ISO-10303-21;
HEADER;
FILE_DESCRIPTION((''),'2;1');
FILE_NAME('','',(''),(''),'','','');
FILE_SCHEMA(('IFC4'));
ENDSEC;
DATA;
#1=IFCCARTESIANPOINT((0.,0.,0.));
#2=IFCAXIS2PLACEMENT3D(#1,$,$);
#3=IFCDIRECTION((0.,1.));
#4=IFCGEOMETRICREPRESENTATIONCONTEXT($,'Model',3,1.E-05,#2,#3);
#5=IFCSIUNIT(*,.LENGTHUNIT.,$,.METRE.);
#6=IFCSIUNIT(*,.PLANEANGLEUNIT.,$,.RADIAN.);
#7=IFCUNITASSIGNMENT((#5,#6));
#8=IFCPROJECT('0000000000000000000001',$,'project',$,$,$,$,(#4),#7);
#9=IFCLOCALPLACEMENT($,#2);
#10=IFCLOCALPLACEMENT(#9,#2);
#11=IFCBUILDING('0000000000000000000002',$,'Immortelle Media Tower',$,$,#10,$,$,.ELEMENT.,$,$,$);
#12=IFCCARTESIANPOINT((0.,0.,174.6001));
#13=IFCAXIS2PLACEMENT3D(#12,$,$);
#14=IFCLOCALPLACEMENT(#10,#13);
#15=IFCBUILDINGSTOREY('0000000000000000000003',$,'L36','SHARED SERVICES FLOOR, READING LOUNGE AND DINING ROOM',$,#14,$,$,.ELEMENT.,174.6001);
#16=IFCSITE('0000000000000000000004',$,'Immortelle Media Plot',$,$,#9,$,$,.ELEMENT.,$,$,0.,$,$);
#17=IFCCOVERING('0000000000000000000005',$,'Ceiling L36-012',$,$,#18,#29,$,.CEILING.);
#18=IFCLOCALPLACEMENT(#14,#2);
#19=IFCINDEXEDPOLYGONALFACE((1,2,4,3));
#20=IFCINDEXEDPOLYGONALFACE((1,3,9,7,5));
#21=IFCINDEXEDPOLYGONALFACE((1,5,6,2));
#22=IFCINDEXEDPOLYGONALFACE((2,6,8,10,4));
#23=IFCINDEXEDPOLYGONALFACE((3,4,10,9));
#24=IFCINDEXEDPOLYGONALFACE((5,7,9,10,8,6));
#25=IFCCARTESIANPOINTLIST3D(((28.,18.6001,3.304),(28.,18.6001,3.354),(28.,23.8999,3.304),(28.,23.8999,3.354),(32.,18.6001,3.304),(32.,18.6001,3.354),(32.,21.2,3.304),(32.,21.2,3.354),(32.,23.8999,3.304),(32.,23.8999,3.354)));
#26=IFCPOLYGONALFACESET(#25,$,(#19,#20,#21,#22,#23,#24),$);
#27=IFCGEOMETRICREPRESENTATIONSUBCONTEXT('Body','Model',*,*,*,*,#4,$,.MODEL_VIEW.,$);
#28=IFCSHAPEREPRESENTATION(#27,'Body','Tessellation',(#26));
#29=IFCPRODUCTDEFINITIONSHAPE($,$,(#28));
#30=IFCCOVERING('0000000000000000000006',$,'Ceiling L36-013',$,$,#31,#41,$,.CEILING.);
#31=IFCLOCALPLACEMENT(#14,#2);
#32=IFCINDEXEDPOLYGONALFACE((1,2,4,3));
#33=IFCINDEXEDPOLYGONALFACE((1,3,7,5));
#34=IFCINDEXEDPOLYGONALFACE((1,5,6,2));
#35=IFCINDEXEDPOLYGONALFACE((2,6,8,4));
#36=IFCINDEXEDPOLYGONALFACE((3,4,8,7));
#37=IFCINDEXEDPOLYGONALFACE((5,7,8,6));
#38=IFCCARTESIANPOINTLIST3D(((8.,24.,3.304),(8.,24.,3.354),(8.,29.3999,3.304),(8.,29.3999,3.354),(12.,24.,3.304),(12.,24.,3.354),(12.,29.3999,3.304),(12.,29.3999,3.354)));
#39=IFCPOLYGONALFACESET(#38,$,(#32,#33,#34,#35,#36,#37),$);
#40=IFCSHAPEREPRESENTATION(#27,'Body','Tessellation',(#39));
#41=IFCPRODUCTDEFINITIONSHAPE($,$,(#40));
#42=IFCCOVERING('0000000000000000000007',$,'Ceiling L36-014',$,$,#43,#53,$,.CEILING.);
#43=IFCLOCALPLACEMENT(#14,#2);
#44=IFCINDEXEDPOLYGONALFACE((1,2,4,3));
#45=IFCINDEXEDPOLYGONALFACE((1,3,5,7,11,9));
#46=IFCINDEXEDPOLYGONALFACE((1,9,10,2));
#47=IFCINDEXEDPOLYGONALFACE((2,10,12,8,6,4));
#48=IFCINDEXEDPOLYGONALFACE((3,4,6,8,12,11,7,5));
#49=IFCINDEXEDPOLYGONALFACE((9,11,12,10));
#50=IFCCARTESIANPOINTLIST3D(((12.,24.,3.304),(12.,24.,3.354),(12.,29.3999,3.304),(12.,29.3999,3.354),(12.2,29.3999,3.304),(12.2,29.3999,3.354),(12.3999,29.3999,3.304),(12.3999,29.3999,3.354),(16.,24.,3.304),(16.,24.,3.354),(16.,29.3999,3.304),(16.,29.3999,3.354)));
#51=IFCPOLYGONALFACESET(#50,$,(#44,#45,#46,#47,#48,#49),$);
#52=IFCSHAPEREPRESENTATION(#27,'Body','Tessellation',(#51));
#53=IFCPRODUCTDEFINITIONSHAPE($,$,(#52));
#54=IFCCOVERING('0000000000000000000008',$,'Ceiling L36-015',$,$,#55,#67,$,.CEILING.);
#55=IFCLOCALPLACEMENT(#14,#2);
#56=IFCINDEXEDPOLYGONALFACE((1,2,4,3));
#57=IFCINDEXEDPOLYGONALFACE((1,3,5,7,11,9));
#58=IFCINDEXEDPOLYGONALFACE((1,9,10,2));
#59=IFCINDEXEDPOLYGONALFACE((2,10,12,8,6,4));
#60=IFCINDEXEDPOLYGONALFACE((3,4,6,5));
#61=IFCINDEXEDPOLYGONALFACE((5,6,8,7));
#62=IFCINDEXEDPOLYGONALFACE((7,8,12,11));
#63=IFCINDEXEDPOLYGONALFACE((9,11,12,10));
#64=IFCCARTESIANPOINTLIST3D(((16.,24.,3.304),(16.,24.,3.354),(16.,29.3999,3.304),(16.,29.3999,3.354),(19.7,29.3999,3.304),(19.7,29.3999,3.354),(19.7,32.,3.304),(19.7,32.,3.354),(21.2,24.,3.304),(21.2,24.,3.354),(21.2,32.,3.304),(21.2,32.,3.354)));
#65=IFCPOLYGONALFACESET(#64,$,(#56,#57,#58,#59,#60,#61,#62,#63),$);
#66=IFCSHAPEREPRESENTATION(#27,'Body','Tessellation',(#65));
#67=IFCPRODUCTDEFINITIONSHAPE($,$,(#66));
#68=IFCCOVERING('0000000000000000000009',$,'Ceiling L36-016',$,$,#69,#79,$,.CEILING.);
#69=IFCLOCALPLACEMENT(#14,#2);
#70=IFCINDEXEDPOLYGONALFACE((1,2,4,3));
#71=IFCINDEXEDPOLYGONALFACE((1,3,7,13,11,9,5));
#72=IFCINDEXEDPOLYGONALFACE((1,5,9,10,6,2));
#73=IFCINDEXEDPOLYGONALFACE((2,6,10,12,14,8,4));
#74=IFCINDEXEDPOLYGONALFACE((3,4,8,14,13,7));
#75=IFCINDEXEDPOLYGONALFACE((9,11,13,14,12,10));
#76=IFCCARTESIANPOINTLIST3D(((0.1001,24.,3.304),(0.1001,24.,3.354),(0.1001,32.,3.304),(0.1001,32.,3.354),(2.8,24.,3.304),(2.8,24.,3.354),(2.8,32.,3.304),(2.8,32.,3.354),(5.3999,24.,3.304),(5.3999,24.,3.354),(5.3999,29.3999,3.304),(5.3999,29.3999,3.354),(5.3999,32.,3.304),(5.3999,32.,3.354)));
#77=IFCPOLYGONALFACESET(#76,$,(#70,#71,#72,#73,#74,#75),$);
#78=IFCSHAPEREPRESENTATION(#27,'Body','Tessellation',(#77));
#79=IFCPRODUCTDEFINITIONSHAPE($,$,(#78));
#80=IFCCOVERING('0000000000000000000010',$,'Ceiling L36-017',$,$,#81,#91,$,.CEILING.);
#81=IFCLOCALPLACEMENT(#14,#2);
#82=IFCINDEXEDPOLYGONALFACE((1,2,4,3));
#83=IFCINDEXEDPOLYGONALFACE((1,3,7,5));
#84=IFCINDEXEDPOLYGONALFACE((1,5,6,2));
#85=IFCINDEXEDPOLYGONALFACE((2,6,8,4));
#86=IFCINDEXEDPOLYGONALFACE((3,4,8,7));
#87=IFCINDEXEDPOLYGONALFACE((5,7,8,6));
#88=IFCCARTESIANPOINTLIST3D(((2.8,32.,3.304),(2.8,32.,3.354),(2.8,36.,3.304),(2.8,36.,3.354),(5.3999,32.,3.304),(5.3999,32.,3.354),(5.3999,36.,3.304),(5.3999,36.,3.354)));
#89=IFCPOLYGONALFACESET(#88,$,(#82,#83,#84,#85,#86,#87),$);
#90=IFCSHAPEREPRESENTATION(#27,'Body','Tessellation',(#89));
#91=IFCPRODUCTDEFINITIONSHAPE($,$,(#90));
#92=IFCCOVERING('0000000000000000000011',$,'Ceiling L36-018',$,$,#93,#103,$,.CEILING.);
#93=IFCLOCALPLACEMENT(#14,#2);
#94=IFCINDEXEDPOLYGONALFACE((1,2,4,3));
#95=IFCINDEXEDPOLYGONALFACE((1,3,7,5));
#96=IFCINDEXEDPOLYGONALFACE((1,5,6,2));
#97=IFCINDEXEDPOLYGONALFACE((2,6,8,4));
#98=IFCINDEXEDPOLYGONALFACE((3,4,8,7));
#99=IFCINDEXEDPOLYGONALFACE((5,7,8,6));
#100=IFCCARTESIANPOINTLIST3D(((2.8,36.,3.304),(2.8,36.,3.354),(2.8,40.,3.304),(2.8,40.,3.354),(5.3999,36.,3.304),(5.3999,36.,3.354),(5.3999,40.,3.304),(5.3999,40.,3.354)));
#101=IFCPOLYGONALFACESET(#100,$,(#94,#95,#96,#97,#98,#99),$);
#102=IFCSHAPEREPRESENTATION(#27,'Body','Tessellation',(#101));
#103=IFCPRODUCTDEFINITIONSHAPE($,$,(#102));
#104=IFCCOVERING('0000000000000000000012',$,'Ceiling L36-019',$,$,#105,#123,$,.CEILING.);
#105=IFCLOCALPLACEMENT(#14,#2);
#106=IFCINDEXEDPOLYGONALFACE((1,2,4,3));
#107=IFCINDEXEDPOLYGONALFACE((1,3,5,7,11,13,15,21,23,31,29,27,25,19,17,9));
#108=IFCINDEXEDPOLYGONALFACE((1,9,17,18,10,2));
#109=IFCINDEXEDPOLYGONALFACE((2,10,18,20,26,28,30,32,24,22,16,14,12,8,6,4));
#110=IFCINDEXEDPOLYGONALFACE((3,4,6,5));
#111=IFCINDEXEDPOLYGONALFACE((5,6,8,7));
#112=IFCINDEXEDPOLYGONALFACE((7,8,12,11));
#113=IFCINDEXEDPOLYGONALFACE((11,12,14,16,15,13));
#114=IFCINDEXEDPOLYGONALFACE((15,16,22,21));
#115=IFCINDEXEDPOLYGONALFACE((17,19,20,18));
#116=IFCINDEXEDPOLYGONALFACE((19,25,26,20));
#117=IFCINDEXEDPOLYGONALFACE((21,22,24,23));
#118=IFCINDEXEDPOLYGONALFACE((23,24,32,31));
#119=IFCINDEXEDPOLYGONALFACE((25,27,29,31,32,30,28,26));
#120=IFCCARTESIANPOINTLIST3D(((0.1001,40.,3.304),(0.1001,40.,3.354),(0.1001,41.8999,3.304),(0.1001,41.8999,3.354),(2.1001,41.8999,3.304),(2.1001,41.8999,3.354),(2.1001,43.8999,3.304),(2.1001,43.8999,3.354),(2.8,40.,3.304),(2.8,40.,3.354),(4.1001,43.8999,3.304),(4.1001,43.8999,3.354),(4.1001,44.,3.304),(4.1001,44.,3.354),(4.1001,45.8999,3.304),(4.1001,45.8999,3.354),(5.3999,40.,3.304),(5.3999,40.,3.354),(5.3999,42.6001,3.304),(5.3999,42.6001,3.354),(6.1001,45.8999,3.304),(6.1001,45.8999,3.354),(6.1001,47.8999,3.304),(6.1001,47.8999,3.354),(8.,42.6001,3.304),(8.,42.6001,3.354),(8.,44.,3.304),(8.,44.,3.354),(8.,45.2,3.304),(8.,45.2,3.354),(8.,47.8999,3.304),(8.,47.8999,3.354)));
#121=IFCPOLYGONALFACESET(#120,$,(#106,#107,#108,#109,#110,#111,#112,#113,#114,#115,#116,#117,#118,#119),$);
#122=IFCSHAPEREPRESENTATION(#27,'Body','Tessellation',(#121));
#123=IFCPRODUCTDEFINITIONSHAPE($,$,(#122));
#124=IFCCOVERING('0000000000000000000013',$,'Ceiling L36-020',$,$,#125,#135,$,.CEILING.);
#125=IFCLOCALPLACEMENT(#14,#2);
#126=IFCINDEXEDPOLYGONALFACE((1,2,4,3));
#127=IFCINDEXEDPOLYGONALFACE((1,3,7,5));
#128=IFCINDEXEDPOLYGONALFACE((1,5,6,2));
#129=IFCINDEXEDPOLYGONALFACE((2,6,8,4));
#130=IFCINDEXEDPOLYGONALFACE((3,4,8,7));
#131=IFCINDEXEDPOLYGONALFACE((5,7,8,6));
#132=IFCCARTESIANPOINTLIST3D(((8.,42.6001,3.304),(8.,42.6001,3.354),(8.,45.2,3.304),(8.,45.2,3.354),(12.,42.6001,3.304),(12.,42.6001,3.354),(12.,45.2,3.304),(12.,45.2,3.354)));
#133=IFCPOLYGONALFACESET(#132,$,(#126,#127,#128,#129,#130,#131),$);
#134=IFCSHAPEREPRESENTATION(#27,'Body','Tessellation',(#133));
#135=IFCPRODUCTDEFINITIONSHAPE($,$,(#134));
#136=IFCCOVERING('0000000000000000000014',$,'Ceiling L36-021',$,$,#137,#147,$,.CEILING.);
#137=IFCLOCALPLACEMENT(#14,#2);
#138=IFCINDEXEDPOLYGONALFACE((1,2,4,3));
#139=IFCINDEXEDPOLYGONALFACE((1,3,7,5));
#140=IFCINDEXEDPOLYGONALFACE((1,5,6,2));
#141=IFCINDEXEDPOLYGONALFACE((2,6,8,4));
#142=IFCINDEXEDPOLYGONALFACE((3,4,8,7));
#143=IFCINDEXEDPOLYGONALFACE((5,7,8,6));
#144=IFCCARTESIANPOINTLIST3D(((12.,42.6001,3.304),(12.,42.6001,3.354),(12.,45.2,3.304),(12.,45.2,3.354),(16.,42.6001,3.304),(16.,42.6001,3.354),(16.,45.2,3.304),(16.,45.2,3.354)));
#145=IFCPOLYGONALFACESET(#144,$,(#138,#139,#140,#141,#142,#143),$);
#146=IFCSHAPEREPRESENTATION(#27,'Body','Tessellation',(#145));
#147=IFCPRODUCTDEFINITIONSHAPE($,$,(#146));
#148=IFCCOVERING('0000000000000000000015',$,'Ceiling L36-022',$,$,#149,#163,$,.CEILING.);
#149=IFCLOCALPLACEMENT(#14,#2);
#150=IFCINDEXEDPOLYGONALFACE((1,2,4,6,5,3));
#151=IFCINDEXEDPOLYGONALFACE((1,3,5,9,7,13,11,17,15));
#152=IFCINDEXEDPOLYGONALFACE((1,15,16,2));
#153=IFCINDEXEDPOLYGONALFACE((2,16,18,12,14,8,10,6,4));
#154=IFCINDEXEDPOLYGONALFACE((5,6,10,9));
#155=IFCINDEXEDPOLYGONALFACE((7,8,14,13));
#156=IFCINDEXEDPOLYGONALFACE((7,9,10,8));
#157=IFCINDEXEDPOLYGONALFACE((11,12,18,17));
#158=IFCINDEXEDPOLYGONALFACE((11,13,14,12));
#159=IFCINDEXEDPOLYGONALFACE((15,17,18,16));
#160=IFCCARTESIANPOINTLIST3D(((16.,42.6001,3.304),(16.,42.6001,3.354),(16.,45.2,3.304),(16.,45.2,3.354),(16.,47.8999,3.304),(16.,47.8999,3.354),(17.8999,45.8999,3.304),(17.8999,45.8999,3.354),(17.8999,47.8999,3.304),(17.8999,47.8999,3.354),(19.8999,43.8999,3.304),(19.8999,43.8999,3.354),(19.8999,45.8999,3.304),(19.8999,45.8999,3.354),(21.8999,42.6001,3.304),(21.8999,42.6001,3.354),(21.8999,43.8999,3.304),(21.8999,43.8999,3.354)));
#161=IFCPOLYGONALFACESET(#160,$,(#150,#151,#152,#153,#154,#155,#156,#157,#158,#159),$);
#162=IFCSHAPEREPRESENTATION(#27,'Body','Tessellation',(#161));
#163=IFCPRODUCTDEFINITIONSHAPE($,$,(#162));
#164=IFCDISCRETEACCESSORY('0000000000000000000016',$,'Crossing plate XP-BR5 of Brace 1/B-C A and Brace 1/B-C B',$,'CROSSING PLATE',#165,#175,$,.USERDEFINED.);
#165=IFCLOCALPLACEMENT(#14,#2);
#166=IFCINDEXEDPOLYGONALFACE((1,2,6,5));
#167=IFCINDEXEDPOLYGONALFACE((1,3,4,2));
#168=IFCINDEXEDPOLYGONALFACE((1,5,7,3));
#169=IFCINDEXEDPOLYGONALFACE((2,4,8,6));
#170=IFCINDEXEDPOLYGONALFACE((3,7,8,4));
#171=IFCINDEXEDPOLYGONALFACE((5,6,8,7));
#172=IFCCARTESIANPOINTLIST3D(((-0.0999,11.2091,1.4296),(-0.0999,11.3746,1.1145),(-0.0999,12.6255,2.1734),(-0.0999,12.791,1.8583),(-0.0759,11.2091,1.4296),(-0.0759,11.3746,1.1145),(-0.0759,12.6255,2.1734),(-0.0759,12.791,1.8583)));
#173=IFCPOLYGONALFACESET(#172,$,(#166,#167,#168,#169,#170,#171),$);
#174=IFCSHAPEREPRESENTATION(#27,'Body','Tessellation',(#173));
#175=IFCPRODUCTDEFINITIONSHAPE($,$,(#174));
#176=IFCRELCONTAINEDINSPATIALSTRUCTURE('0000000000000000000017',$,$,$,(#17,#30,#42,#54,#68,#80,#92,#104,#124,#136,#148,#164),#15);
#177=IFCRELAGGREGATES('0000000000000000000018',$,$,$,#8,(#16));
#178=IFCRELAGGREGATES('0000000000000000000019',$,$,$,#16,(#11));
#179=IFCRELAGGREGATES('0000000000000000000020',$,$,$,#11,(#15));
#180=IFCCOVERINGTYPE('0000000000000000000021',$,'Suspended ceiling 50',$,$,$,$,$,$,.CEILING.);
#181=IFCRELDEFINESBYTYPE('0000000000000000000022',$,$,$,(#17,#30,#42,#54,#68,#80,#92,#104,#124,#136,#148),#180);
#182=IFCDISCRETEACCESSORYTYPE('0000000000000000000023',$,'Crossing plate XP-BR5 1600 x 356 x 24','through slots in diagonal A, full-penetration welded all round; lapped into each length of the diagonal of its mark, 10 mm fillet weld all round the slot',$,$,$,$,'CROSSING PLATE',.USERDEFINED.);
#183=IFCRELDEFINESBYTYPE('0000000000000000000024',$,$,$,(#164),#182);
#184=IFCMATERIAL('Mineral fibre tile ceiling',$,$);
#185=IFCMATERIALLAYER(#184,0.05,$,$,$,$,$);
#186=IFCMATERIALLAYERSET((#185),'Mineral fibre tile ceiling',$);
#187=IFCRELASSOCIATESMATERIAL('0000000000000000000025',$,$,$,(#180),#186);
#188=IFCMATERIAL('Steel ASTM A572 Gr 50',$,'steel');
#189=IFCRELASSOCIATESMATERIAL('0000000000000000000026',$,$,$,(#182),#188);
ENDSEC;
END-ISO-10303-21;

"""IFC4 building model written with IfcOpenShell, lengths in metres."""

from ifc_helpers import new_model, si_unit, direction, frame, origin, origin_2d, place, context, subcontext, project, spatial, polyline, rectangle, outline, extrude, material, layer, layer_set, material_profile, profile_set, type_object, element, save


model = new_model("IFC4")

# Units and contexts
model_context = context("Model", 3, precision=1e-05, world=origin(), true_north=direction((0.0, 1.0)))
body_context = subcontext(model_context, "Body", "Model", "MODEL_VIEW")
ifc_project = project(units=[si_unit("LENGTHUNIT", "METRE"), si_unit("PLANEANGLEUNIT", "RADIAN")], contexts=[model_context])

# Site, building, storey
site_placement = place(None, origin())
site = spatial("IfcSite", under=ifc_project, at=site_placement, Name="Immortelle Media Plot", CompositionType="ELEMENT", RefElevation=0.0)
building_placement = place(site_placement, origin())
building = spatial("IfcBuilding", under=site, at=building_placement, Name="Immortelle Media Tower", CompositionType="ELEMENT")
storey_placement = place(building_placement, frame((0.0, 0.0, 174.6001)))
storey = spatial("IfcBuildingStorey", under=building, at=storey_placement, Name="L36", Description="SHARED SERVICES FLOOR, READING LOUNGE AND DINING ROOM", CompositionType="ELEMENT", Elevation=174.6001)

# Coverings
ifc_material_1 = material(Name="Mineral fibre tile ceiling")
ifc_layer = layer(ifc_material_1, 0.05)
ifc_layer_set = layer_set([ifc_layer], Name="Mineral fibre tile ceiling")
covering_type = type_object("IfcCoveringType", Name="Suspended ceiling 50", PredefinedType="CEILING", material=ifc_layer_set)
covering_1_placement = place(storey_placement, frame((0.0, 0.0, 3.304)))
element("IfcCovering", 1, at=covering_1_placement, inside=storey, type_object=covering_type, Name="Ceiling L36-012", PredefinedType="CEILING", context=body_context, shape_type="SweptSolid", body=[
    extrude(outline(polyline([(32.0, 23.8999), (32.0, 21.2), (32.0, 18.6001), (28.0, 18.6001), (28.0, 23.8999), (32.0, 23.8999)])), origin(), (0.0, 0.0, 1.0), 0.05),
])
covering_2_placement = place(storey_placement, frame((0.0, 0.0, 3.304)))
element("IfcCovering", 2, at=covering_2_placement, inside=storey, type_object=covering_type, Name="Ceiling L36-013", PredefinedType="CEILING", context=body_context, shape_type="SweptSolid", body=[
    extrude(outline(polyline([(8.0, 29.3999), (12.0, 29.3999), (12.0, 24.0), (8.0, 24.0), (8.0, 29.3999)])), origin(), (0.0, 0.0, 1.0), 0.05),
])
covering_3_placement = place(storey_placement, frame((0.0, 0.0, 3.304)))
element("IfcCovering", 3, at=covering_3_placement, inside=storey, type_object=covering_type, Name="Ceiling L36-014", PredefinedType="CEILING", context=body_context, shape_type="SweptSolid", body=[
    extrude(outline(polyline([(12.2, 29.3999), (12.3999, 29.3999), (16.0, 29.3999), (16.0, 24.0), (12.0, 24.0), (12.0, 29.3999), (12.2, 29.3999)])), origin(), (0.0, 0.0, 1.0), 0.05),
])
covering_4_placement = place(storey_placement, frame((0.0, 0.0, 3.304)))
element("IfcCovering", 4, at=covering_4_placement, inside=storey, type_object=covering_type, Name="Ceiling L36-015", PredefinedType="CEILING", context=body_context, shape_type="SweptSolid", body=[
    extrude(outline(polyline([(16.0, 24.0), (16.0, 29.3999), (19.7, 29.3999), (19.7, 32.0), (21.2, 32.0), (21.2, 24.0), (16.0, 24.0)])), origin(), (0.0, 0.0, 1.0), 0.05),
])
covering_5_placement = place(storey_placement, frame((0.0, 0.0, 3.304)))
element("IfcCovering", 5, at=covering_5_placement, inside=storey, type_object=covering_type, Name="Ceiling L36-016", PredefinedType="CEILING", context=body_context, shape_type="SweptSolid", body=[
    extrude(outline(polyline([(5.3999, 29.3999), (5.3999, 24.0), (2.8, 24.0), (0.1001, 24.0), (0.1001, 32.0), (2.8, 32.0), (5.3999, 32.0), (5.3999, 29.3999)])), origin(), (0.0, 0.0, 1.0), 0.05),
])
covering_6_placement = place(storey_placement, frame((0.0, 0.0, 3.304)))
element("IfcCovering", 6, at=covering_6_placement, inside=storey, type_object=covering_type, Name="Ceiling L36-017", PredefinedType="CEILING", context=body_context, shape_type="SweptSolid", body=[
    extrude(outline(polyline([(5.3999, 32.0), (2.8, 32.0), (2.8, 36.0), (5.3999, 36.0), (5.3999, 32.0)])), origin(), (0.0, 0.0, 1.0), 0.05),
])
covering_7_placement = place(storey_placement, frame((0.0, 0.0, 3.304)))
element("IfcCovering", 7, at=covering_7_placement, inside=storey, type_object=covering_type, Name="Ceiling L36-018", PredefinedType="CEILING", context=body_context, shape_type="SweptSolid", body=[
    extrude(outline(polyline([(2.8, 40.0), (5.3999, 40.0), (5.3999, 36.0), (2.8, 36.0), (2.8, 40.0)])), origin(), (0.0, 0.0, 1.0), 0.05),
])
covering_8_placement = place(storey_placement, frame((0.0, 0.0, 3.304)))
element("IfcCovering", 8, at=covering_8_placement, inside=storey, type_object=covering_type, Name="Ceiling L36-019", PredefinedType="CEILING", context=body_context, shape_type="SweptSolid", body=[
    extrude(outline(polyline([(2.8, 40.0), (0.1001, 40.0), (0.1001, 41.8999), (2.1001, 41.8999), (2.1001, 43.8999), (4.1001, 43.8999), (4.1001, 44.0), (4.1001, 45.8999), (6.1001, 45.8999), (6.1001, 47.8999), (8.0, 47.8999), (8.0, 45.2), (8.0, 44.0), (8.0, 42.6001), (5.3999, 42.6001), (5.3999, 40.0), (2.8, 40.0)])), origin(), (0.0, 0.0, 1.0), 0.05),
])
covering_9_placement = place(storey_placement, frame((0.0, 0.0, 3.304)))
element("IfcCovering", 9, at=covering_9_placement, inside=storey, type_object=covering_type, Name="Ceiling L36-020", PredefinedType="CEILING", context=body_context, shape_type="SweptSolid", body=[
    extrude(outline(polyline([(8.0, 45.2), (12.0, 45.2), (12.0, 42.6001), (8.0, 42.6001), (8.0, 45.2)])), origin(), (0.0, 0.0, 1.0), 0.05),
])
covering_10_placement = place(storey_placement, frame((0.0, 0.0, 3.304)))
element("IfcCovering", 10, at=covering_10_placement, inside=storey, type_object=covering_type, Name="Ceiling L36-021", PredefinedType="CEILING", context=body_context, shape_type="SweptSolid", body=[
    extrude(outline(polyline([(16.0, 45.2), (16.0, 42.6001), (12.0, 42.6001), (12.0, 45.2), (16.0, 45.2)])), origin(), (0.0, 0.0, 1.0), 0.05),
])
covering_11_placement = place(storey_placement, frame((0.0, 0.0, 3.304)))
element("IfcCovering", 11, at=covering_11_placement, inside=storey, type_object=covering_type, Name="Ceiling L36-022", PredefinedType="CEILING", context=body_context, shape_type="SweptSolid", body=[
    extrude(outline(polyline([(17.8999, 45.8999), (19.8999, 45.8999), (19.8999, 43.8999), (21.8999, 43.8999), (21.8999, 42.6001), (16.0, 42.6001), (16.0, 45.2), (16.0, 47.8999), (17.8999, 47.8999), (17.8999, 45.8999)])), origin(), (0.0, 0.0, 1.0), 0.05),
])

# Discrete accessory
ifc_material_2 = material(Name="Steel ASTM A572 Gr 50", Category="steel")
ifc_material_profile_1 = material_profile(ifc_material_2, rectangle(XDim=0.0239, YDim=0.356, at=origin_2d()), Name="PL 24 x 356")
ifc_profile_set_1 = profile_set([ifc_material_profile_1], Name="Steel ASTM A572 Gr 50")
discrete_accessory_type_1 = type_object("IfcDiscreteAccessoryType", Name="Crossing plate XP-BR5 1600 x 356 x 24", Description="through slots in diagonal A, full-penetration welded all round; lapped into each length of the diagonal of its mark, 10 mm fillet weld all round the slot", ElementType="CROSSING PLATE", PredefinedType="USERDEFINED", material=ifc_profile_set_1)
discrete_accessory_placement = place(storey_placement, frame((-0.0879, 12.7083, 2.0159), z_axis=(0.0, -0.885338, -0.464948), x_axis=(1.0, 0.0, 0.0)))
element("IfcDiscreteAccessory", 12, at=discrete_accessory_placement, inside=storey, type_object=discrete_accessory_type_1, Name="Crossing plate XP-BR5 of Brace 1/B-C A and Brace 1/B-C B", ObjectType="CROSSING PLATE", PredefinedType="USERDEFINED", context=body_context, shape_type="SweptSolid", body=[
    extrude(rectangle(XDim=0.0239, YDim=0.356, at=origin_2d()), origin(), (0.0, 0.0, 1.0), 1.5999),
])

save(model, "model.ifc")
